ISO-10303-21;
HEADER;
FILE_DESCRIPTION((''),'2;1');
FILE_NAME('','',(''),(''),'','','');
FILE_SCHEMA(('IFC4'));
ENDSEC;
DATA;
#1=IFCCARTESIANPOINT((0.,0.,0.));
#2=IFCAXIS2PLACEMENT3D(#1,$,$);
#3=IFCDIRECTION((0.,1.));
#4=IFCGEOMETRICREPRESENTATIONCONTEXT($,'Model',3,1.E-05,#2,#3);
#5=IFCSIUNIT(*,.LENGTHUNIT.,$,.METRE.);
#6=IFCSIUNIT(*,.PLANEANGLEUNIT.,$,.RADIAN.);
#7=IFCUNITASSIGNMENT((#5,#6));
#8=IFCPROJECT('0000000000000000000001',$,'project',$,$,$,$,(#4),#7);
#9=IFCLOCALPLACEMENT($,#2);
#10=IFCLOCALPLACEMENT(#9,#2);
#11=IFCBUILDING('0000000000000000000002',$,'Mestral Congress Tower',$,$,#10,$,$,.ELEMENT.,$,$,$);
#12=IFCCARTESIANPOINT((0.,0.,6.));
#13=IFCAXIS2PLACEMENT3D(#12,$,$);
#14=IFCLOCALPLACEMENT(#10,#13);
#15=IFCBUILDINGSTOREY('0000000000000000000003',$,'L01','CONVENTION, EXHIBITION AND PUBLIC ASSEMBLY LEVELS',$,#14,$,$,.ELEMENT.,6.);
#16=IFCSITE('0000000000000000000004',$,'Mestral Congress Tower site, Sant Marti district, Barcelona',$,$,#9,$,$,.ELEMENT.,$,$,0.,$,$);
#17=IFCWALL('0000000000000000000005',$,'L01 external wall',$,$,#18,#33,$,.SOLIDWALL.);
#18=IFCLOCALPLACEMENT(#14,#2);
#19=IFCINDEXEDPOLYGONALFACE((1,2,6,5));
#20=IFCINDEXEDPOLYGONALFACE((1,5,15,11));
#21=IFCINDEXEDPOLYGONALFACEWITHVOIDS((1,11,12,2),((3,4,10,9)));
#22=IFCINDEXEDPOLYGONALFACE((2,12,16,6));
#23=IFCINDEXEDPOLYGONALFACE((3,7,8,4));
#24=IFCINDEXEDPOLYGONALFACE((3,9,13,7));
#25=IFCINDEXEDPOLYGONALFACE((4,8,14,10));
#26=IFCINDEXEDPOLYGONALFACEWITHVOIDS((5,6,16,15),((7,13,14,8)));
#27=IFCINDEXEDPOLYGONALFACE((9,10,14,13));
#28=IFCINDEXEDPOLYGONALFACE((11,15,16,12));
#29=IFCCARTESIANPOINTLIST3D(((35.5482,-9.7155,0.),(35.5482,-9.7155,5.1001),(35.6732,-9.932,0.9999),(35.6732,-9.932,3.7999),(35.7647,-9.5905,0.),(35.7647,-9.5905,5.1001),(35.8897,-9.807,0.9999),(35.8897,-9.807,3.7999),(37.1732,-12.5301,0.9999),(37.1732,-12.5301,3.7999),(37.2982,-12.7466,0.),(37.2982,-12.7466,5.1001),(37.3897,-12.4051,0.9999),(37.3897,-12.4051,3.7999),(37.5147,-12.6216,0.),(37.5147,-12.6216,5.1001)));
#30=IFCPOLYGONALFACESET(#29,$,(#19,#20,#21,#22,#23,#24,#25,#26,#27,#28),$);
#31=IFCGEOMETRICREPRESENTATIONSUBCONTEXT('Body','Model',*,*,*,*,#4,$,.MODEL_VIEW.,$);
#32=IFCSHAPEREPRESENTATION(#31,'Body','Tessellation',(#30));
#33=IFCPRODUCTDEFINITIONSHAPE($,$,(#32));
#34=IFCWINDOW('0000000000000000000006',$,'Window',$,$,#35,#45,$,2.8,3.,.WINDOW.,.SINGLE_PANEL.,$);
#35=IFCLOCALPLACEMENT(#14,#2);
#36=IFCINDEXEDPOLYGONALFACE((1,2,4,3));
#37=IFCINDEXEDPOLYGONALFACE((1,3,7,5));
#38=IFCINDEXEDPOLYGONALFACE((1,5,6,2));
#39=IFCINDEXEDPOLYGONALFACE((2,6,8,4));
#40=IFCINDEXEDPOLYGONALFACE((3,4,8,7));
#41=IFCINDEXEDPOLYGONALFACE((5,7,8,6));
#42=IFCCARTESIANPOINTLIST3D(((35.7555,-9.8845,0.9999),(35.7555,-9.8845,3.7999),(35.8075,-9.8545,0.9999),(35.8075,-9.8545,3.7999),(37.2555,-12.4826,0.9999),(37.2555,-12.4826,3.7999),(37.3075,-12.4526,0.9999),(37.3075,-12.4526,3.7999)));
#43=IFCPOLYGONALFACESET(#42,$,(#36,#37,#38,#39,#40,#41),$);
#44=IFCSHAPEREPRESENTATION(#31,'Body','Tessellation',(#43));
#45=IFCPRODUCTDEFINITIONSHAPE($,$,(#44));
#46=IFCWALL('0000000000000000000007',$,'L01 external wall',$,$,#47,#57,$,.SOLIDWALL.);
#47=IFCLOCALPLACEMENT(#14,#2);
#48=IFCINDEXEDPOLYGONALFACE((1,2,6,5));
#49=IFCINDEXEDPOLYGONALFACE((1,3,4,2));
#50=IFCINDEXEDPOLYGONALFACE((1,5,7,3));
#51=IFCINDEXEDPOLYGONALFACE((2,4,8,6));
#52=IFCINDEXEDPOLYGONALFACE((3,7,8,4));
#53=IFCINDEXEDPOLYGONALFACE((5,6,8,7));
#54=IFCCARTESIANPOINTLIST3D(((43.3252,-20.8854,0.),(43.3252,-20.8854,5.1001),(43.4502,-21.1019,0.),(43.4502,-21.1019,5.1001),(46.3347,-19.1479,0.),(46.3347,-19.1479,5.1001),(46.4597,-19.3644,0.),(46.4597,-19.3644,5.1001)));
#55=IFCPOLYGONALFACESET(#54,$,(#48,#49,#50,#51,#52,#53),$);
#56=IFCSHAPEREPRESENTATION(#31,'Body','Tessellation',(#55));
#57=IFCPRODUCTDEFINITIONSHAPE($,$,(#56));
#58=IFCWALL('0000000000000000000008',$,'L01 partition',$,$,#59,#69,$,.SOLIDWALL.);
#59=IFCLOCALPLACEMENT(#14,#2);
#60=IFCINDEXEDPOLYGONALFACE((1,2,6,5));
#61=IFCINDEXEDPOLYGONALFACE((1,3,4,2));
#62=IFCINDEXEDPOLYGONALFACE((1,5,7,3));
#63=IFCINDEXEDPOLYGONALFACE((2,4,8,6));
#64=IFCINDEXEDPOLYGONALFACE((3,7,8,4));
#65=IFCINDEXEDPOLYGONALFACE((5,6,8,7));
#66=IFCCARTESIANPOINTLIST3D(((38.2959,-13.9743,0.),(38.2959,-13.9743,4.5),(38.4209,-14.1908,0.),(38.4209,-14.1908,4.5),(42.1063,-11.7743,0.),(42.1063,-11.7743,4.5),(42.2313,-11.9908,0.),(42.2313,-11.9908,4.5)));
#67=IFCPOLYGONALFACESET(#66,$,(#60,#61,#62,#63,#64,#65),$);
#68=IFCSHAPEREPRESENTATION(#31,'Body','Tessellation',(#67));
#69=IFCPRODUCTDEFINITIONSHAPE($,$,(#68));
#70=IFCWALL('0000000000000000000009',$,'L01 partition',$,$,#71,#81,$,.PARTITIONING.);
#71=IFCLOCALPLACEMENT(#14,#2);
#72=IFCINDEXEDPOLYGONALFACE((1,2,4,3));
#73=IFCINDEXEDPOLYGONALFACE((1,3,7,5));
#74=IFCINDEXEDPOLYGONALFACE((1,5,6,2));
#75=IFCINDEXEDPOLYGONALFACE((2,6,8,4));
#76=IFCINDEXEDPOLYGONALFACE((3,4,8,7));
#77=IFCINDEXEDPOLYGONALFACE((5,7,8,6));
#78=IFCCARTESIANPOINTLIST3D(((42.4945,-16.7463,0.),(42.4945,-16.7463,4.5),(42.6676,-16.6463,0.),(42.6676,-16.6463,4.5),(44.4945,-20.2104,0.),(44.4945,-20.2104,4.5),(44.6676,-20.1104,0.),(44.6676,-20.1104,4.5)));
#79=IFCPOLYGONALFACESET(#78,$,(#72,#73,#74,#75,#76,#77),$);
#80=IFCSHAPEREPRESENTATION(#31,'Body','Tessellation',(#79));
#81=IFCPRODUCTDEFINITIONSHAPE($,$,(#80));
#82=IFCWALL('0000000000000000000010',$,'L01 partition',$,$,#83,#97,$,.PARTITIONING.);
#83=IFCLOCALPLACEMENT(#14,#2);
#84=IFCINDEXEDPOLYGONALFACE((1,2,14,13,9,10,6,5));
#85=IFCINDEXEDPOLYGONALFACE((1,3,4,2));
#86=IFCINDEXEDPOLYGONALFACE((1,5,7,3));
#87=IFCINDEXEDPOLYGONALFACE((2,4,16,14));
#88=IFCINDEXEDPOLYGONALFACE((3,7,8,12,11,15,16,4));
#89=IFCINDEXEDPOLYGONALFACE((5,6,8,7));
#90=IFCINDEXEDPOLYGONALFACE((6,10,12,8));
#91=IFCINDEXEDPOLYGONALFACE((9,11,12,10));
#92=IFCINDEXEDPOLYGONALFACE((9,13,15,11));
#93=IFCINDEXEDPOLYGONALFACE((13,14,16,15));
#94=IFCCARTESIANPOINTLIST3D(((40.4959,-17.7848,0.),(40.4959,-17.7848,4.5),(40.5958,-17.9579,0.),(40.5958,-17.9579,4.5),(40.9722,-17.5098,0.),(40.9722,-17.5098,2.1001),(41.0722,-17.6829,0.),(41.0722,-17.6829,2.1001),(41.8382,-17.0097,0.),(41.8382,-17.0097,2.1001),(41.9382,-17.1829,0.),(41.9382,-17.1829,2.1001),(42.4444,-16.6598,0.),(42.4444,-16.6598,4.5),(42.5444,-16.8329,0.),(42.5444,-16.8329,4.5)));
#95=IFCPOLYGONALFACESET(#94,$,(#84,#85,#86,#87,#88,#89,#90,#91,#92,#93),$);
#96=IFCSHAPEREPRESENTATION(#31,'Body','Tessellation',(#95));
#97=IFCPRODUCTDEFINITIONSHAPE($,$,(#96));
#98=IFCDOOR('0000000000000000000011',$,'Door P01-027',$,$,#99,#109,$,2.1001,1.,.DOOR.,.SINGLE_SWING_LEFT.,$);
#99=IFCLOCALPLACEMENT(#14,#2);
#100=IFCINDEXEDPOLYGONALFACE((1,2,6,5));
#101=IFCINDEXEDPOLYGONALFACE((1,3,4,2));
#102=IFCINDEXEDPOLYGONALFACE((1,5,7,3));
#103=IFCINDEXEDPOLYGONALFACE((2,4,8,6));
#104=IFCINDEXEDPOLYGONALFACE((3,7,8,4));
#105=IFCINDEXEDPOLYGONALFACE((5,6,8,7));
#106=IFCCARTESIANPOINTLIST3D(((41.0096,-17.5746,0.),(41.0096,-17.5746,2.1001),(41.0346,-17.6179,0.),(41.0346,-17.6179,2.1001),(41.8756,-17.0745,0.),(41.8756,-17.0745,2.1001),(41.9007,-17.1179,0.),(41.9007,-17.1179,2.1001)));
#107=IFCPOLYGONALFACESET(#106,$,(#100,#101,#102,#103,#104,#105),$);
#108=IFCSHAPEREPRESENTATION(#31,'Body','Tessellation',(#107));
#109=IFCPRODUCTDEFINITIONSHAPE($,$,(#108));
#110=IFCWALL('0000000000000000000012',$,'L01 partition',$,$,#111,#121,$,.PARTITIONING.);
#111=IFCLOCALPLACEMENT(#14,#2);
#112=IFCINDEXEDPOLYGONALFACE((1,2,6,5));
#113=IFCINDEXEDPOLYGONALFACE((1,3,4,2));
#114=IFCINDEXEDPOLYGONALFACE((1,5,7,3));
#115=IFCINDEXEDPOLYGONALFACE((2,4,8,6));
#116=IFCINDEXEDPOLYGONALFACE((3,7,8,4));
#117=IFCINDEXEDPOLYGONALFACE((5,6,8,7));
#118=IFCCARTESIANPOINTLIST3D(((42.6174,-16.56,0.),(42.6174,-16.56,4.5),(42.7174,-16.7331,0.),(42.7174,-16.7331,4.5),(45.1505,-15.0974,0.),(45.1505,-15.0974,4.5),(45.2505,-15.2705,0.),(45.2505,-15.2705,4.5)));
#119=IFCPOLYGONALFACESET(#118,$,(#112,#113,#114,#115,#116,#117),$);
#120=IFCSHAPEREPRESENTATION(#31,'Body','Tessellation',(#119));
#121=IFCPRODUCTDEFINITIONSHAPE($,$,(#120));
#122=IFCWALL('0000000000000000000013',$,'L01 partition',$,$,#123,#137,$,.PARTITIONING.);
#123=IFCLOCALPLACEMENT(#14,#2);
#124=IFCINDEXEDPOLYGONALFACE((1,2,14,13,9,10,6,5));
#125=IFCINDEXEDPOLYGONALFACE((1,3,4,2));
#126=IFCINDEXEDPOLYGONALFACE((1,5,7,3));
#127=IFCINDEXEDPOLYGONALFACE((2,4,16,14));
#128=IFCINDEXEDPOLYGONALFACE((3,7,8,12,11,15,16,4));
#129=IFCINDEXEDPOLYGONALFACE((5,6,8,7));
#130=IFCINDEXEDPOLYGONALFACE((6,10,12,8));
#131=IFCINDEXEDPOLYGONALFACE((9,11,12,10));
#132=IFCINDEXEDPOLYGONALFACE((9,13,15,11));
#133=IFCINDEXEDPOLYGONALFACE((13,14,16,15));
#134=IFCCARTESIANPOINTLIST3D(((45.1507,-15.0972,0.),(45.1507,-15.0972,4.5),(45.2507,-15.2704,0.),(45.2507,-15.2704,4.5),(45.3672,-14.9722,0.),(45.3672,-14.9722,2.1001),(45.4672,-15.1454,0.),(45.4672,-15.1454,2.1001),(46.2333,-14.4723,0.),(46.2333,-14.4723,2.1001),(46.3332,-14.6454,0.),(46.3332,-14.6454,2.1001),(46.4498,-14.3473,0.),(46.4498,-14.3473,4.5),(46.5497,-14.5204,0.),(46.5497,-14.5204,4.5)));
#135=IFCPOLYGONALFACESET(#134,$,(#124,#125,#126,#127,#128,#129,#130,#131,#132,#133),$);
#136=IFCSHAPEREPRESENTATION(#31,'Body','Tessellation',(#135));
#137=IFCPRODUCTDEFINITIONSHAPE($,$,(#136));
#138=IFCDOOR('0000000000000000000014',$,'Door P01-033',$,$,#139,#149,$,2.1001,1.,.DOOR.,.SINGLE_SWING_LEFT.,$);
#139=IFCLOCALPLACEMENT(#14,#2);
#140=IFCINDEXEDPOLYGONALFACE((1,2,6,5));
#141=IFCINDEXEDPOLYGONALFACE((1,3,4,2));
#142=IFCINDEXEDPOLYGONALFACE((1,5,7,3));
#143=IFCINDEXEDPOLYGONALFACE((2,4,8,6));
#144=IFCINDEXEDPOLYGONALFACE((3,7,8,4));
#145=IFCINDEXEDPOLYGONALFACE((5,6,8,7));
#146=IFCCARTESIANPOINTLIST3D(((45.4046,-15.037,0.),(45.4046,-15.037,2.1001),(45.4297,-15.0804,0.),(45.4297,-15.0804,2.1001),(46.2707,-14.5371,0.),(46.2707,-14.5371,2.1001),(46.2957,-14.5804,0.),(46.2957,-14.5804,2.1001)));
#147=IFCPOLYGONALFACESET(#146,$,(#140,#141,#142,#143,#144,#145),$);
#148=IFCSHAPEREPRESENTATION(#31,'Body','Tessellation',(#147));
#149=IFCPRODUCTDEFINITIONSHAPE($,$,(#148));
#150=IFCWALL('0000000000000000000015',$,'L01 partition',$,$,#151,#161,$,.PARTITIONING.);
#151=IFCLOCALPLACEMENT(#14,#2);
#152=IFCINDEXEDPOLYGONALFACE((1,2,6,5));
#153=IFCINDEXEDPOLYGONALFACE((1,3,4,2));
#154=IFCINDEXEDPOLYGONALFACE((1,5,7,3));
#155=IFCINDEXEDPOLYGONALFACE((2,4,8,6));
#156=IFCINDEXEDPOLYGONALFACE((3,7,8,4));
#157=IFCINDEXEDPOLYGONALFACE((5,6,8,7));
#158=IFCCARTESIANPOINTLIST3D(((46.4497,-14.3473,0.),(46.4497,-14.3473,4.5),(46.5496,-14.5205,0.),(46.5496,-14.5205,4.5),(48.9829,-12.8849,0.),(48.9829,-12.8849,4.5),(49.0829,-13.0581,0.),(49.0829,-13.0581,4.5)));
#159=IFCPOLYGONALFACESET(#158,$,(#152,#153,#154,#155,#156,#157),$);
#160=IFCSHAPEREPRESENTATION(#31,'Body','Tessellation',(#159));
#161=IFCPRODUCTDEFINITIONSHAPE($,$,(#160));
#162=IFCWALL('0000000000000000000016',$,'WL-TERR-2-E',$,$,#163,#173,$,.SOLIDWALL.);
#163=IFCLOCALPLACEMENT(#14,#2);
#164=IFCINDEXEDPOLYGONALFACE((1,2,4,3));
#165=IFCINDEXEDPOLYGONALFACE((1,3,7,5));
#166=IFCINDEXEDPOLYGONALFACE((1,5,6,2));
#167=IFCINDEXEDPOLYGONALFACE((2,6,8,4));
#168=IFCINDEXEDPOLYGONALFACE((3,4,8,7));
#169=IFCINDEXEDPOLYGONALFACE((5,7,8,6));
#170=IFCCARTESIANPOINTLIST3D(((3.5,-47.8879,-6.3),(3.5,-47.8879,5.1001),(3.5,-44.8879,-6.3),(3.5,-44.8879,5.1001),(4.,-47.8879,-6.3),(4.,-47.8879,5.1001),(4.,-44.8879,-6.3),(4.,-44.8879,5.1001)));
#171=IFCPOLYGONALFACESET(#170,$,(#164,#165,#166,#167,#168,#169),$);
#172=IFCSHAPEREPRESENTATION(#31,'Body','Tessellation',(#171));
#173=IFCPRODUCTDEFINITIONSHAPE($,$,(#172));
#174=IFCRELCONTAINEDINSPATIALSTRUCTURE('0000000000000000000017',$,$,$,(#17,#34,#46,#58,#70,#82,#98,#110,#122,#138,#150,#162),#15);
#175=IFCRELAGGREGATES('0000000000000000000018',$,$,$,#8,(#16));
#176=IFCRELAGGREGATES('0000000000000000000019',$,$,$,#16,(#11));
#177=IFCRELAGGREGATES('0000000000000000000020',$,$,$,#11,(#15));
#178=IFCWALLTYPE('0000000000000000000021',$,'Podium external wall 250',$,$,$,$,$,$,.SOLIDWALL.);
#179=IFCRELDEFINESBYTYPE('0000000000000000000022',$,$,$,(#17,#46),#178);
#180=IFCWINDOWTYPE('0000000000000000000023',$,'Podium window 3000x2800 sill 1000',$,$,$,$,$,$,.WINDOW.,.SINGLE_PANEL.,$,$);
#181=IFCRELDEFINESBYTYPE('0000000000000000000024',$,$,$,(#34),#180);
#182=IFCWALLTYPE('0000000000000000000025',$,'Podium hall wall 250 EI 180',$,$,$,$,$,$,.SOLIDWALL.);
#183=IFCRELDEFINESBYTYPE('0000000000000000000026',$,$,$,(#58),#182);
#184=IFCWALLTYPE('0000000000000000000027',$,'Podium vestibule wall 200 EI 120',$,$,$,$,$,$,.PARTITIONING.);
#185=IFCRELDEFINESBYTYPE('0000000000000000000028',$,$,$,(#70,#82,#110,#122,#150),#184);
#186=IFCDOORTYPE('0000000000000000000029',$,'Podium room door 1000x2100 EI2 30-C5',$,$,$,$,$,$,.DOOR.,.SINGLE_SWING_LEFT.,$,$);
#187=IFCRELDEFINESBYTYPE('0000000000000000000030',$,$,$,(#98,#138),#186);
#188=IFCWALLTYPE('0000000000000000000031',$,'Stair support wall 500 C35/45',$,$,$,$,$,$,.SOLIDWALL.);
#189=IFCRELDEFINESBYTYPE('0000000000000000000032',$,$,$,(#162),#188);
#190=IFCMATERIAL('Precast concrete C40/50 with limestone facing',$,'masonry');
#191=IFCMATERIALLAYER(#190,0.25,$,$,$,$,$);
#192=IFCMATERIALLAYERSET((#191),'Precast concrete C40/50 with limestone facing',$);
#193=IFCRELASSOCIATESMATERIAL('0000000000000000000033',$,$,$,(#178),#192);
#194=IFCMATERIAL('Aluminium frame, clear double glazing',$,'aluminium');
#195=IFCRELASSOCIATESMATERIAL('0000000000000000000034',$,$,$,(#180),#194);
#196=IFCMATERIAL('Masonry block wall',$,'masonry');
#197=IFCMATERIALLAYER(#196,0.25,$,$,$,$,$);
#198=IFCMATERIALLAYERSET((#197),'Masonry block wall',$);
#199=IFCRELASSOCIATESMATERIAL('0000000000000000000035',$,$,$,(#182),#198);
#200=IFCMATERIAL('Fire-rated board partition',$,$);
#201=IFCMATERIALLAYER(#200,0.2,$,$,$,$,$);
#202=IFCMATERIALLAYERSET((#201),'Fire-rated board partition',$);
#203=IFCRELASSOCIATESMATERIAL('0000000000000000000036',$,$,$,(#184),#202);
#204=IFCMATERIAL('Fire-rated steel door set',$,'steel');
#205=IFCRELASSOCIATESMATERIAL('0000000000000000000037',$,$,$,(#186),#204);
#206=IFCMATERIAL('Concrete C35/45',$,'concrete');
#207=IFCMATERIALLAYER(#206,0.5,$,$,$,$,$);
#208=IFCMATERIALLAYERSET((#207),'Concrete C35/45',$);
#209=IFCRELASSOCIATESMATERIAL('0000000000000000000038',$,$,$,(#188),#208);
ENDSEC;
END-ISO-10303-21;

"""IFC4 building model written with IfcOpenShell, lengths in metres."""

from ifc_helpers import new_model, si_unit, direction, frame, frame_2d, origin, place, context, subcontext, project, spatial, rectangle, extrude, material, layer, layer_set, type_object, element, fill, save


model = new_model("IFC4")

# Units and contexts
model_context = context("Model", 3, precision=1e-05, world=origin(), true_north=direction((0.0, 1.0)))
body_context = subcontext(model_context, "Body", "Model", "MODEL_VIEW")
ifc_project = project(units=[si_unit("LENGTHUNIT", "METRE"), si_unit("PLANEANGLEUNIT", "RADIAN")], contexts=[model_context])

# Site, building, storey
site_placement = place(None, origin())
site = spatial("IfcSite", under=ifc_project, at=site_placement, Name="Mestral Congress Tower site, Sant Marti district, Barcelona", CompositionType="ELEMENT", RefElevation=0.0)
building_placement = place(site_placement, origin())
building = spatial("IfcBuilding", under=site, at=building_placement, Name="Mestral Congress Tower", CompositionType="ELEMENT")
storey_placement = place(building_placement, frame((0.0, 0.0, 6.0)))
storey = spatial("IfcBuildingStorey", under=building, at=storey_placement, Name="L01", Description="CONVENTION, EXHIBITION AND PUBLIC ASSEMBLY LEVELS", CompositionType="ELEMENT", Elevation=6.0)

# Shared definitions
ifc_material_1 = material(Name="Fire-rated steel door set", Category="steel")

# Shared definitions
ifc_material_2 = material(Name="Precast concrete C40/50 with limestone facing", Category="masonry")
ifc_layer_1 = layer(ifc_material_2, 0.25)
ifc_layer_set_1 = layer_set([ifc_layer_1], Name="Precast concrete C40/50 with limestone facing")
wall_type_1 = type_object("IfcWallType", Name="Podium external wall 250", PredefinedType="SOLIDWALL", material=ifc_layer_set_1)

# Wall, opening, window
wall_1_placement = place(storey_placement, frame((37.4065, -12.6841, 0.0), z_axis=(0.0, 0.0, 1.0), x_axis=(-0.50001, 0.866019, 0.0)))
wall_1 = element("IfcWall", 1, at=wall_1_placement, inside=storey, type_object=wall_type_1, Name="L01 external wall", PredefinedType="SOLIDWALL", context=body_context, shape_type="SweptSolid", body=[
    extrude(rectangle(XDim=3.5, YDim=0.25, at=frame_2d((1.75, 0.0))), origin(), (0.0, 0.0, 1.0), 5.1001),
])
opening_1_placement = place(wall_1_placement, frame((0.25, 0.0, 1.0)))
opening_1 = element("IfcOpeningElement", 2, at=opening_1_placement, cuts=wall_1, PredefinedType="OPENING", context=body_context, shape_type="SweptSolid", body=[
    extrude(rectangle(XDim=3.0, YDim=2.8, at=frame_2d((1.5, 1.3999))), frame((0.0, 0.135, 0.0), z_axis=(0.0, -1.0, 0.0), x_axis=(1.0, 0.0, 0.0)), (0.0, 0.0, 1.0), 0.27),
])
ifc_material_3 = material(Name="Aluminium frame, clear double glazing", Category="aluminium")
window_type = type_object("IfcWindowType", Name="Podium window 3000x2800 sill 1000", PartitioningType="SINGLE_PANEL", PredefinedType="WINDOW", material=ifc_material_3)
window_placement = place(opening_1_placement, origin())
window = element("IfcWindow", 3, at=window_placement, inside=storey, type_object=window_type, Name="Window", OverallHeight=2.8, OverallWidth=3.0, PartitioningType="SINGLE_PANEL", PredefinedType="WINDOW", context=body_context, shape_type="SweptSolid", body=[
    extrude(rectangle(XDim=3.0, YDim=2.8, at=frame_2d((1.5, 1.3999))), frame((0.0, 0.03, 0.0), z_axis=(0.0, -1.0, 0.0), x_axis=(1.0, 0.0, 0.0)), (0.0, 0.0, 1.0), 0.0601),
])
fill(opening_1, window)

# Walls
wall_2_placement = place(storey_placement, frame((46.3972, -19.2561, 0.0), z_axis=(0.0, 0.0, 1.0), x_axis=(-0.866025, -0.5, 0.0)))
element("IfcWall", 4, at=wall_2_placement, inside=storey, type_object=wall_type_1, Name="L01 external wall", PredefinedType="SOLIDWALL", context=body_context, shape_type="SweptSolid", body=[
    extrude(rectangle(XDim=3.4751, YDim=0.25, at=frame_2d((1.7375, 0.0))), origin(), (0.0, 0.0, 1.0), 5.1001),
])
ifc_material_4 = material(Name="Masonry block wall", Category="masonry")
ifc_layer_2 = layer(ifc_material_4, 0.25)
ifc_layer_set_2 = layer_set([ifc_layer_2], Name="Masonry block wall")
wall_type_2 = type_object("IfcWallType", Name="Podium hall wall 250 EI 180", PredefinedType="SOLIDWALL", material=ifc_layer_set_2)
wall_3_placement = place(storey_placement, frame((38.3584, -14.0825, 0.0), z_axis=(0.0, 0.0, 1.0), x_axis=(0.866018, 0.500012, 0.0)))
element("IfcWall", 5, at=wall_3_placement, inside=storey, type_object=wall_type_2, Name="L01 partition", PredefinedType="SOLIDWALL", context=body_context, shape_type="SweptSolid", body=[
    extrude(rectangle(XDim=4.3999, YDim=0.25, at=frame_2d((2.2, 0.0))), origin(), (0.0, 0.0, 1.0), 4.5),
])
ifc_material_5 = material(Name="Fire-rated board partition")
ifc_layer_3 = layer(ifc_material_5, 0.2)
ifc_layer_set_3 = layer_set([ifc_layer_3], Name="Fire-rated board partition")
wall_type_3 = type_object("IfcWallType", Name="Podium vestibule wall 200 EI 120", PredefinedType="PARTITIONING", material=ifc_layer_set_3)
wall_4_placement = place(storey_placement, frame((44.5811, -20.1604, 0.0), z_axis=(0.0, 0.0, 1.0), x_axis=(-0.499999, 0.866026, 0.0)))
element("IfcWall", 6, at=wall_4_placement, inside=storey, type_object=wall_type_3, Name="L01 partition", PredefinedType="PARTITIONING", context=body_context, shape_type="SweptSolid", body=[
    extrude(rectangle(XDim=4.0, YDim=0.2, at=frame_2d((2.0, 0.0))), origin(), (0.0, 0.0, 1.0), 4.5),
])

# Wall, opening, door
wall_5_placement = place(storey_placement, frame((42.4944, -16.7463, 0.0), z_axis=(0.0, 0.0, 1.0), x_axis=(-0.866018, -0.500014, 0.0)))
wall_5 = element("IfcWall", 7, at=wall_5_placement, inside=storey, type_object=wall_type_3, Name="L01 partition", PredefinedType="PARTITIONING", context=body_context, shape_type="SweptSolid", body=[
    extrude(rectangle(XDim=2.25, YDim=0.2, at=frame_2d((1.125, 0.0))), origin(), (0.0, 0.0, 1.0), 4.5),
])
opening_2_placement = place(wall_5_placement, frame((0.7, 0.0, 0.0)))
opening_2 = element("IfcOpeningElement", 8, at=opening_2_placement, cuts=wall_5, PredefinedType="OPENING", context=body_context, shape_type="SweptSolid", body=[
    extrude(rectangle(XDim=1.0, YDim=2.1001, at=frame_2d((0.5, 1.05))), frame((0.0, 0.1099, 0.0), z_axis=(0.0, -1.0, 0.0), x_axis=(1.0, 0.0, 0.0)), (0.0, 0.0, 1.0), 0.22),
])
door_type_1 = type_object("IfcDoorType", Name="Podium room door 1000x2100 EI2 30-C5", OperationType="SINGLE_SWING_LEFT", PredefinedType="DOOR", material=ifc_material_1)
door_1_placement = place(opening_2_placement, origin())
door_1 = element("IfcDoor", 9, at=door_1_placement, inside=storey, type_object=door_type_1, Name="Door P01-027", OperationType="SINGLE_SWING_LEFT", OverallHeight=2.1001, OverallWidth=1.0, PredefinedType="DOOR", context=body_context, shape_type="SweptSolid", body=[
    extrude(rectangle(XDim=1.0, YDim=2.1001, at=frame_2d((0.5, 1.05))), frame((0.0, 0.0249, 0.0), z_axis=(0.0, -1.0, 0.0), x_axis=(1.0, 0.0, 0.0)), (0.0, 0.0, 1.0), 0.05),
])
fill(opening_2, door_1)

# Wall
wall_6_placement = place(storey_placement, frame((42.6675, -16.6465, 0.0), z_axis=(0.0, 0.0, 1.0), x_axis=(0.86601, 0.500026, 0.0)))
element("IfcWall", 10, at=wall_6_placement, inside=storey, type_object=wall_type_3, Name="L01 partition", PredefinedType="PARTITIONING", context=body_context, shape_type="SweptSolid", body=[
    extrude(rectangle(XDim=2.925, YDim=0.2, at=frame_2d((1.4624, 0.0))), origin(), (0.0, 0.0, 1.0), 4.5),
])

# Wall, opening, door
wall_7_placement = place(storey_placement, frame((46.4998, -14.4338, 0.0), z_axis=(0.0, 0.0, 1.0), x_axis=(-0.866031, -0.49999, 0.0)))
wall_7 = element("IfcWall", 11, at=wall_7_placement, inside=storey, type_object=wall_type_3, Name="L01 partition", PredefinedType="PARTITIONING", context=body_context, shape_type="SweptSolid", body=[
    extrude(rectangle(XDim=1.5, YDim=0.2, at=frame_2d((0.75, 0.0))), origin(), (0.0, 0.0, 1.0), 4.5),
])
opening_3_placement = place(wall_7_placement, frame((0.25, 0.0, 0.0)))
opening_3 = element("IfcOpeningElement", 12, at=opening_3_placement, cuts=wall_7, PredefinedType="OPENING", context=body_context, shape_type="SweptSolid", body=[
    extrude(rectangle(XDim=1.0, YDim=2.1001, at=frame_2d((0.5, 1.05))), frame((0.0, 0.1099, 0.0), z_axis=(0.0, -1.0, 0.0), x_axis=(1.0, 0.0, 0.0)), (0.0, 0.0, 1.0), 0.22),
])
door_2_placement = place(opening_3_placement, origin())
door_2 = element("IfcDoor", 13, at=door_2_placement, inside=storey, type_object=door_type_1, Name="Door P01-033", OperationType="SINGLE_SWING_LEFT", OverallHeight=2.1001, OverallWidth=1.0, PredefinedType="DOOR", context=body_context, shape_type="SweptSolid", body=[
    extrude(rectangle(XDim=1.0, YDim=2.1001, at=frame_2d((0.5, 1.05))), frame((0.0, 0.0249, 0.0), z_axis=(0.0, -1.0, 0.0), x_axis=(1.0, 0.0, 0.0)), (0.0, 0.0, 1.0), 0.05),
])
fill(opening_3, door_2)

# Walls
wall_8_placement = place(storey_placement, frame((46.4998, -14.4338, 0.0), z_axis=(0.0, 0.0, 1.0), x_axis=(0.866047, 0.499963, 0.0)))
element("IfcWall", 14, at=wall_8_placement, inside=storey, type_object=wall_type_3, Name="L01 partition", PredefinedType="PARTITIONING", context=body_context, shape_type="SweptSolid", body=[
    extrude(rectangle(XDim=2.925, YDim=0.2, at=frame_2d((1.4624, 0.0))), origin(), (0.0, 0.0, 1.0), 4.5),
])
ifc_material_6 = material(Name="Concrete C35/45", Category="concrete")
ifc_layer_4 = layer(ifc_material_6, 0.5)
ifc_layer_set_4 = layer_set([ifc_layer_4], Name="Concrete C35/45")
wall_type_4 = type_object("IfcWallType", Name="Stair support wall 500 C35/45", PredefinedType="SOLIDWALL", material=ifc_layer_set_4)
wall_9_placement = place(storey_placement, frame((3.75, -47.8879, -6.3), z_axis=(0.0, 0.0, 1.0), x_axis=(0.0, 1.0, 0.0)))
element("IfcWall", 15, at=wall_9_placement, inside=storey, type_object=wall_type_4, Name="WL-TERR-2-E", PredefinedType="SOLIDWALL", context=body_context, shape_type="SweptSolid", body=[
    extrude(rectangle(XDim=3.0, YDim=0.5, at=frame_2d((1.5, 0.0))), origin(), (0.0, 0.0, 1.0), 11.4001),
])

save(model, "model.ifc")
